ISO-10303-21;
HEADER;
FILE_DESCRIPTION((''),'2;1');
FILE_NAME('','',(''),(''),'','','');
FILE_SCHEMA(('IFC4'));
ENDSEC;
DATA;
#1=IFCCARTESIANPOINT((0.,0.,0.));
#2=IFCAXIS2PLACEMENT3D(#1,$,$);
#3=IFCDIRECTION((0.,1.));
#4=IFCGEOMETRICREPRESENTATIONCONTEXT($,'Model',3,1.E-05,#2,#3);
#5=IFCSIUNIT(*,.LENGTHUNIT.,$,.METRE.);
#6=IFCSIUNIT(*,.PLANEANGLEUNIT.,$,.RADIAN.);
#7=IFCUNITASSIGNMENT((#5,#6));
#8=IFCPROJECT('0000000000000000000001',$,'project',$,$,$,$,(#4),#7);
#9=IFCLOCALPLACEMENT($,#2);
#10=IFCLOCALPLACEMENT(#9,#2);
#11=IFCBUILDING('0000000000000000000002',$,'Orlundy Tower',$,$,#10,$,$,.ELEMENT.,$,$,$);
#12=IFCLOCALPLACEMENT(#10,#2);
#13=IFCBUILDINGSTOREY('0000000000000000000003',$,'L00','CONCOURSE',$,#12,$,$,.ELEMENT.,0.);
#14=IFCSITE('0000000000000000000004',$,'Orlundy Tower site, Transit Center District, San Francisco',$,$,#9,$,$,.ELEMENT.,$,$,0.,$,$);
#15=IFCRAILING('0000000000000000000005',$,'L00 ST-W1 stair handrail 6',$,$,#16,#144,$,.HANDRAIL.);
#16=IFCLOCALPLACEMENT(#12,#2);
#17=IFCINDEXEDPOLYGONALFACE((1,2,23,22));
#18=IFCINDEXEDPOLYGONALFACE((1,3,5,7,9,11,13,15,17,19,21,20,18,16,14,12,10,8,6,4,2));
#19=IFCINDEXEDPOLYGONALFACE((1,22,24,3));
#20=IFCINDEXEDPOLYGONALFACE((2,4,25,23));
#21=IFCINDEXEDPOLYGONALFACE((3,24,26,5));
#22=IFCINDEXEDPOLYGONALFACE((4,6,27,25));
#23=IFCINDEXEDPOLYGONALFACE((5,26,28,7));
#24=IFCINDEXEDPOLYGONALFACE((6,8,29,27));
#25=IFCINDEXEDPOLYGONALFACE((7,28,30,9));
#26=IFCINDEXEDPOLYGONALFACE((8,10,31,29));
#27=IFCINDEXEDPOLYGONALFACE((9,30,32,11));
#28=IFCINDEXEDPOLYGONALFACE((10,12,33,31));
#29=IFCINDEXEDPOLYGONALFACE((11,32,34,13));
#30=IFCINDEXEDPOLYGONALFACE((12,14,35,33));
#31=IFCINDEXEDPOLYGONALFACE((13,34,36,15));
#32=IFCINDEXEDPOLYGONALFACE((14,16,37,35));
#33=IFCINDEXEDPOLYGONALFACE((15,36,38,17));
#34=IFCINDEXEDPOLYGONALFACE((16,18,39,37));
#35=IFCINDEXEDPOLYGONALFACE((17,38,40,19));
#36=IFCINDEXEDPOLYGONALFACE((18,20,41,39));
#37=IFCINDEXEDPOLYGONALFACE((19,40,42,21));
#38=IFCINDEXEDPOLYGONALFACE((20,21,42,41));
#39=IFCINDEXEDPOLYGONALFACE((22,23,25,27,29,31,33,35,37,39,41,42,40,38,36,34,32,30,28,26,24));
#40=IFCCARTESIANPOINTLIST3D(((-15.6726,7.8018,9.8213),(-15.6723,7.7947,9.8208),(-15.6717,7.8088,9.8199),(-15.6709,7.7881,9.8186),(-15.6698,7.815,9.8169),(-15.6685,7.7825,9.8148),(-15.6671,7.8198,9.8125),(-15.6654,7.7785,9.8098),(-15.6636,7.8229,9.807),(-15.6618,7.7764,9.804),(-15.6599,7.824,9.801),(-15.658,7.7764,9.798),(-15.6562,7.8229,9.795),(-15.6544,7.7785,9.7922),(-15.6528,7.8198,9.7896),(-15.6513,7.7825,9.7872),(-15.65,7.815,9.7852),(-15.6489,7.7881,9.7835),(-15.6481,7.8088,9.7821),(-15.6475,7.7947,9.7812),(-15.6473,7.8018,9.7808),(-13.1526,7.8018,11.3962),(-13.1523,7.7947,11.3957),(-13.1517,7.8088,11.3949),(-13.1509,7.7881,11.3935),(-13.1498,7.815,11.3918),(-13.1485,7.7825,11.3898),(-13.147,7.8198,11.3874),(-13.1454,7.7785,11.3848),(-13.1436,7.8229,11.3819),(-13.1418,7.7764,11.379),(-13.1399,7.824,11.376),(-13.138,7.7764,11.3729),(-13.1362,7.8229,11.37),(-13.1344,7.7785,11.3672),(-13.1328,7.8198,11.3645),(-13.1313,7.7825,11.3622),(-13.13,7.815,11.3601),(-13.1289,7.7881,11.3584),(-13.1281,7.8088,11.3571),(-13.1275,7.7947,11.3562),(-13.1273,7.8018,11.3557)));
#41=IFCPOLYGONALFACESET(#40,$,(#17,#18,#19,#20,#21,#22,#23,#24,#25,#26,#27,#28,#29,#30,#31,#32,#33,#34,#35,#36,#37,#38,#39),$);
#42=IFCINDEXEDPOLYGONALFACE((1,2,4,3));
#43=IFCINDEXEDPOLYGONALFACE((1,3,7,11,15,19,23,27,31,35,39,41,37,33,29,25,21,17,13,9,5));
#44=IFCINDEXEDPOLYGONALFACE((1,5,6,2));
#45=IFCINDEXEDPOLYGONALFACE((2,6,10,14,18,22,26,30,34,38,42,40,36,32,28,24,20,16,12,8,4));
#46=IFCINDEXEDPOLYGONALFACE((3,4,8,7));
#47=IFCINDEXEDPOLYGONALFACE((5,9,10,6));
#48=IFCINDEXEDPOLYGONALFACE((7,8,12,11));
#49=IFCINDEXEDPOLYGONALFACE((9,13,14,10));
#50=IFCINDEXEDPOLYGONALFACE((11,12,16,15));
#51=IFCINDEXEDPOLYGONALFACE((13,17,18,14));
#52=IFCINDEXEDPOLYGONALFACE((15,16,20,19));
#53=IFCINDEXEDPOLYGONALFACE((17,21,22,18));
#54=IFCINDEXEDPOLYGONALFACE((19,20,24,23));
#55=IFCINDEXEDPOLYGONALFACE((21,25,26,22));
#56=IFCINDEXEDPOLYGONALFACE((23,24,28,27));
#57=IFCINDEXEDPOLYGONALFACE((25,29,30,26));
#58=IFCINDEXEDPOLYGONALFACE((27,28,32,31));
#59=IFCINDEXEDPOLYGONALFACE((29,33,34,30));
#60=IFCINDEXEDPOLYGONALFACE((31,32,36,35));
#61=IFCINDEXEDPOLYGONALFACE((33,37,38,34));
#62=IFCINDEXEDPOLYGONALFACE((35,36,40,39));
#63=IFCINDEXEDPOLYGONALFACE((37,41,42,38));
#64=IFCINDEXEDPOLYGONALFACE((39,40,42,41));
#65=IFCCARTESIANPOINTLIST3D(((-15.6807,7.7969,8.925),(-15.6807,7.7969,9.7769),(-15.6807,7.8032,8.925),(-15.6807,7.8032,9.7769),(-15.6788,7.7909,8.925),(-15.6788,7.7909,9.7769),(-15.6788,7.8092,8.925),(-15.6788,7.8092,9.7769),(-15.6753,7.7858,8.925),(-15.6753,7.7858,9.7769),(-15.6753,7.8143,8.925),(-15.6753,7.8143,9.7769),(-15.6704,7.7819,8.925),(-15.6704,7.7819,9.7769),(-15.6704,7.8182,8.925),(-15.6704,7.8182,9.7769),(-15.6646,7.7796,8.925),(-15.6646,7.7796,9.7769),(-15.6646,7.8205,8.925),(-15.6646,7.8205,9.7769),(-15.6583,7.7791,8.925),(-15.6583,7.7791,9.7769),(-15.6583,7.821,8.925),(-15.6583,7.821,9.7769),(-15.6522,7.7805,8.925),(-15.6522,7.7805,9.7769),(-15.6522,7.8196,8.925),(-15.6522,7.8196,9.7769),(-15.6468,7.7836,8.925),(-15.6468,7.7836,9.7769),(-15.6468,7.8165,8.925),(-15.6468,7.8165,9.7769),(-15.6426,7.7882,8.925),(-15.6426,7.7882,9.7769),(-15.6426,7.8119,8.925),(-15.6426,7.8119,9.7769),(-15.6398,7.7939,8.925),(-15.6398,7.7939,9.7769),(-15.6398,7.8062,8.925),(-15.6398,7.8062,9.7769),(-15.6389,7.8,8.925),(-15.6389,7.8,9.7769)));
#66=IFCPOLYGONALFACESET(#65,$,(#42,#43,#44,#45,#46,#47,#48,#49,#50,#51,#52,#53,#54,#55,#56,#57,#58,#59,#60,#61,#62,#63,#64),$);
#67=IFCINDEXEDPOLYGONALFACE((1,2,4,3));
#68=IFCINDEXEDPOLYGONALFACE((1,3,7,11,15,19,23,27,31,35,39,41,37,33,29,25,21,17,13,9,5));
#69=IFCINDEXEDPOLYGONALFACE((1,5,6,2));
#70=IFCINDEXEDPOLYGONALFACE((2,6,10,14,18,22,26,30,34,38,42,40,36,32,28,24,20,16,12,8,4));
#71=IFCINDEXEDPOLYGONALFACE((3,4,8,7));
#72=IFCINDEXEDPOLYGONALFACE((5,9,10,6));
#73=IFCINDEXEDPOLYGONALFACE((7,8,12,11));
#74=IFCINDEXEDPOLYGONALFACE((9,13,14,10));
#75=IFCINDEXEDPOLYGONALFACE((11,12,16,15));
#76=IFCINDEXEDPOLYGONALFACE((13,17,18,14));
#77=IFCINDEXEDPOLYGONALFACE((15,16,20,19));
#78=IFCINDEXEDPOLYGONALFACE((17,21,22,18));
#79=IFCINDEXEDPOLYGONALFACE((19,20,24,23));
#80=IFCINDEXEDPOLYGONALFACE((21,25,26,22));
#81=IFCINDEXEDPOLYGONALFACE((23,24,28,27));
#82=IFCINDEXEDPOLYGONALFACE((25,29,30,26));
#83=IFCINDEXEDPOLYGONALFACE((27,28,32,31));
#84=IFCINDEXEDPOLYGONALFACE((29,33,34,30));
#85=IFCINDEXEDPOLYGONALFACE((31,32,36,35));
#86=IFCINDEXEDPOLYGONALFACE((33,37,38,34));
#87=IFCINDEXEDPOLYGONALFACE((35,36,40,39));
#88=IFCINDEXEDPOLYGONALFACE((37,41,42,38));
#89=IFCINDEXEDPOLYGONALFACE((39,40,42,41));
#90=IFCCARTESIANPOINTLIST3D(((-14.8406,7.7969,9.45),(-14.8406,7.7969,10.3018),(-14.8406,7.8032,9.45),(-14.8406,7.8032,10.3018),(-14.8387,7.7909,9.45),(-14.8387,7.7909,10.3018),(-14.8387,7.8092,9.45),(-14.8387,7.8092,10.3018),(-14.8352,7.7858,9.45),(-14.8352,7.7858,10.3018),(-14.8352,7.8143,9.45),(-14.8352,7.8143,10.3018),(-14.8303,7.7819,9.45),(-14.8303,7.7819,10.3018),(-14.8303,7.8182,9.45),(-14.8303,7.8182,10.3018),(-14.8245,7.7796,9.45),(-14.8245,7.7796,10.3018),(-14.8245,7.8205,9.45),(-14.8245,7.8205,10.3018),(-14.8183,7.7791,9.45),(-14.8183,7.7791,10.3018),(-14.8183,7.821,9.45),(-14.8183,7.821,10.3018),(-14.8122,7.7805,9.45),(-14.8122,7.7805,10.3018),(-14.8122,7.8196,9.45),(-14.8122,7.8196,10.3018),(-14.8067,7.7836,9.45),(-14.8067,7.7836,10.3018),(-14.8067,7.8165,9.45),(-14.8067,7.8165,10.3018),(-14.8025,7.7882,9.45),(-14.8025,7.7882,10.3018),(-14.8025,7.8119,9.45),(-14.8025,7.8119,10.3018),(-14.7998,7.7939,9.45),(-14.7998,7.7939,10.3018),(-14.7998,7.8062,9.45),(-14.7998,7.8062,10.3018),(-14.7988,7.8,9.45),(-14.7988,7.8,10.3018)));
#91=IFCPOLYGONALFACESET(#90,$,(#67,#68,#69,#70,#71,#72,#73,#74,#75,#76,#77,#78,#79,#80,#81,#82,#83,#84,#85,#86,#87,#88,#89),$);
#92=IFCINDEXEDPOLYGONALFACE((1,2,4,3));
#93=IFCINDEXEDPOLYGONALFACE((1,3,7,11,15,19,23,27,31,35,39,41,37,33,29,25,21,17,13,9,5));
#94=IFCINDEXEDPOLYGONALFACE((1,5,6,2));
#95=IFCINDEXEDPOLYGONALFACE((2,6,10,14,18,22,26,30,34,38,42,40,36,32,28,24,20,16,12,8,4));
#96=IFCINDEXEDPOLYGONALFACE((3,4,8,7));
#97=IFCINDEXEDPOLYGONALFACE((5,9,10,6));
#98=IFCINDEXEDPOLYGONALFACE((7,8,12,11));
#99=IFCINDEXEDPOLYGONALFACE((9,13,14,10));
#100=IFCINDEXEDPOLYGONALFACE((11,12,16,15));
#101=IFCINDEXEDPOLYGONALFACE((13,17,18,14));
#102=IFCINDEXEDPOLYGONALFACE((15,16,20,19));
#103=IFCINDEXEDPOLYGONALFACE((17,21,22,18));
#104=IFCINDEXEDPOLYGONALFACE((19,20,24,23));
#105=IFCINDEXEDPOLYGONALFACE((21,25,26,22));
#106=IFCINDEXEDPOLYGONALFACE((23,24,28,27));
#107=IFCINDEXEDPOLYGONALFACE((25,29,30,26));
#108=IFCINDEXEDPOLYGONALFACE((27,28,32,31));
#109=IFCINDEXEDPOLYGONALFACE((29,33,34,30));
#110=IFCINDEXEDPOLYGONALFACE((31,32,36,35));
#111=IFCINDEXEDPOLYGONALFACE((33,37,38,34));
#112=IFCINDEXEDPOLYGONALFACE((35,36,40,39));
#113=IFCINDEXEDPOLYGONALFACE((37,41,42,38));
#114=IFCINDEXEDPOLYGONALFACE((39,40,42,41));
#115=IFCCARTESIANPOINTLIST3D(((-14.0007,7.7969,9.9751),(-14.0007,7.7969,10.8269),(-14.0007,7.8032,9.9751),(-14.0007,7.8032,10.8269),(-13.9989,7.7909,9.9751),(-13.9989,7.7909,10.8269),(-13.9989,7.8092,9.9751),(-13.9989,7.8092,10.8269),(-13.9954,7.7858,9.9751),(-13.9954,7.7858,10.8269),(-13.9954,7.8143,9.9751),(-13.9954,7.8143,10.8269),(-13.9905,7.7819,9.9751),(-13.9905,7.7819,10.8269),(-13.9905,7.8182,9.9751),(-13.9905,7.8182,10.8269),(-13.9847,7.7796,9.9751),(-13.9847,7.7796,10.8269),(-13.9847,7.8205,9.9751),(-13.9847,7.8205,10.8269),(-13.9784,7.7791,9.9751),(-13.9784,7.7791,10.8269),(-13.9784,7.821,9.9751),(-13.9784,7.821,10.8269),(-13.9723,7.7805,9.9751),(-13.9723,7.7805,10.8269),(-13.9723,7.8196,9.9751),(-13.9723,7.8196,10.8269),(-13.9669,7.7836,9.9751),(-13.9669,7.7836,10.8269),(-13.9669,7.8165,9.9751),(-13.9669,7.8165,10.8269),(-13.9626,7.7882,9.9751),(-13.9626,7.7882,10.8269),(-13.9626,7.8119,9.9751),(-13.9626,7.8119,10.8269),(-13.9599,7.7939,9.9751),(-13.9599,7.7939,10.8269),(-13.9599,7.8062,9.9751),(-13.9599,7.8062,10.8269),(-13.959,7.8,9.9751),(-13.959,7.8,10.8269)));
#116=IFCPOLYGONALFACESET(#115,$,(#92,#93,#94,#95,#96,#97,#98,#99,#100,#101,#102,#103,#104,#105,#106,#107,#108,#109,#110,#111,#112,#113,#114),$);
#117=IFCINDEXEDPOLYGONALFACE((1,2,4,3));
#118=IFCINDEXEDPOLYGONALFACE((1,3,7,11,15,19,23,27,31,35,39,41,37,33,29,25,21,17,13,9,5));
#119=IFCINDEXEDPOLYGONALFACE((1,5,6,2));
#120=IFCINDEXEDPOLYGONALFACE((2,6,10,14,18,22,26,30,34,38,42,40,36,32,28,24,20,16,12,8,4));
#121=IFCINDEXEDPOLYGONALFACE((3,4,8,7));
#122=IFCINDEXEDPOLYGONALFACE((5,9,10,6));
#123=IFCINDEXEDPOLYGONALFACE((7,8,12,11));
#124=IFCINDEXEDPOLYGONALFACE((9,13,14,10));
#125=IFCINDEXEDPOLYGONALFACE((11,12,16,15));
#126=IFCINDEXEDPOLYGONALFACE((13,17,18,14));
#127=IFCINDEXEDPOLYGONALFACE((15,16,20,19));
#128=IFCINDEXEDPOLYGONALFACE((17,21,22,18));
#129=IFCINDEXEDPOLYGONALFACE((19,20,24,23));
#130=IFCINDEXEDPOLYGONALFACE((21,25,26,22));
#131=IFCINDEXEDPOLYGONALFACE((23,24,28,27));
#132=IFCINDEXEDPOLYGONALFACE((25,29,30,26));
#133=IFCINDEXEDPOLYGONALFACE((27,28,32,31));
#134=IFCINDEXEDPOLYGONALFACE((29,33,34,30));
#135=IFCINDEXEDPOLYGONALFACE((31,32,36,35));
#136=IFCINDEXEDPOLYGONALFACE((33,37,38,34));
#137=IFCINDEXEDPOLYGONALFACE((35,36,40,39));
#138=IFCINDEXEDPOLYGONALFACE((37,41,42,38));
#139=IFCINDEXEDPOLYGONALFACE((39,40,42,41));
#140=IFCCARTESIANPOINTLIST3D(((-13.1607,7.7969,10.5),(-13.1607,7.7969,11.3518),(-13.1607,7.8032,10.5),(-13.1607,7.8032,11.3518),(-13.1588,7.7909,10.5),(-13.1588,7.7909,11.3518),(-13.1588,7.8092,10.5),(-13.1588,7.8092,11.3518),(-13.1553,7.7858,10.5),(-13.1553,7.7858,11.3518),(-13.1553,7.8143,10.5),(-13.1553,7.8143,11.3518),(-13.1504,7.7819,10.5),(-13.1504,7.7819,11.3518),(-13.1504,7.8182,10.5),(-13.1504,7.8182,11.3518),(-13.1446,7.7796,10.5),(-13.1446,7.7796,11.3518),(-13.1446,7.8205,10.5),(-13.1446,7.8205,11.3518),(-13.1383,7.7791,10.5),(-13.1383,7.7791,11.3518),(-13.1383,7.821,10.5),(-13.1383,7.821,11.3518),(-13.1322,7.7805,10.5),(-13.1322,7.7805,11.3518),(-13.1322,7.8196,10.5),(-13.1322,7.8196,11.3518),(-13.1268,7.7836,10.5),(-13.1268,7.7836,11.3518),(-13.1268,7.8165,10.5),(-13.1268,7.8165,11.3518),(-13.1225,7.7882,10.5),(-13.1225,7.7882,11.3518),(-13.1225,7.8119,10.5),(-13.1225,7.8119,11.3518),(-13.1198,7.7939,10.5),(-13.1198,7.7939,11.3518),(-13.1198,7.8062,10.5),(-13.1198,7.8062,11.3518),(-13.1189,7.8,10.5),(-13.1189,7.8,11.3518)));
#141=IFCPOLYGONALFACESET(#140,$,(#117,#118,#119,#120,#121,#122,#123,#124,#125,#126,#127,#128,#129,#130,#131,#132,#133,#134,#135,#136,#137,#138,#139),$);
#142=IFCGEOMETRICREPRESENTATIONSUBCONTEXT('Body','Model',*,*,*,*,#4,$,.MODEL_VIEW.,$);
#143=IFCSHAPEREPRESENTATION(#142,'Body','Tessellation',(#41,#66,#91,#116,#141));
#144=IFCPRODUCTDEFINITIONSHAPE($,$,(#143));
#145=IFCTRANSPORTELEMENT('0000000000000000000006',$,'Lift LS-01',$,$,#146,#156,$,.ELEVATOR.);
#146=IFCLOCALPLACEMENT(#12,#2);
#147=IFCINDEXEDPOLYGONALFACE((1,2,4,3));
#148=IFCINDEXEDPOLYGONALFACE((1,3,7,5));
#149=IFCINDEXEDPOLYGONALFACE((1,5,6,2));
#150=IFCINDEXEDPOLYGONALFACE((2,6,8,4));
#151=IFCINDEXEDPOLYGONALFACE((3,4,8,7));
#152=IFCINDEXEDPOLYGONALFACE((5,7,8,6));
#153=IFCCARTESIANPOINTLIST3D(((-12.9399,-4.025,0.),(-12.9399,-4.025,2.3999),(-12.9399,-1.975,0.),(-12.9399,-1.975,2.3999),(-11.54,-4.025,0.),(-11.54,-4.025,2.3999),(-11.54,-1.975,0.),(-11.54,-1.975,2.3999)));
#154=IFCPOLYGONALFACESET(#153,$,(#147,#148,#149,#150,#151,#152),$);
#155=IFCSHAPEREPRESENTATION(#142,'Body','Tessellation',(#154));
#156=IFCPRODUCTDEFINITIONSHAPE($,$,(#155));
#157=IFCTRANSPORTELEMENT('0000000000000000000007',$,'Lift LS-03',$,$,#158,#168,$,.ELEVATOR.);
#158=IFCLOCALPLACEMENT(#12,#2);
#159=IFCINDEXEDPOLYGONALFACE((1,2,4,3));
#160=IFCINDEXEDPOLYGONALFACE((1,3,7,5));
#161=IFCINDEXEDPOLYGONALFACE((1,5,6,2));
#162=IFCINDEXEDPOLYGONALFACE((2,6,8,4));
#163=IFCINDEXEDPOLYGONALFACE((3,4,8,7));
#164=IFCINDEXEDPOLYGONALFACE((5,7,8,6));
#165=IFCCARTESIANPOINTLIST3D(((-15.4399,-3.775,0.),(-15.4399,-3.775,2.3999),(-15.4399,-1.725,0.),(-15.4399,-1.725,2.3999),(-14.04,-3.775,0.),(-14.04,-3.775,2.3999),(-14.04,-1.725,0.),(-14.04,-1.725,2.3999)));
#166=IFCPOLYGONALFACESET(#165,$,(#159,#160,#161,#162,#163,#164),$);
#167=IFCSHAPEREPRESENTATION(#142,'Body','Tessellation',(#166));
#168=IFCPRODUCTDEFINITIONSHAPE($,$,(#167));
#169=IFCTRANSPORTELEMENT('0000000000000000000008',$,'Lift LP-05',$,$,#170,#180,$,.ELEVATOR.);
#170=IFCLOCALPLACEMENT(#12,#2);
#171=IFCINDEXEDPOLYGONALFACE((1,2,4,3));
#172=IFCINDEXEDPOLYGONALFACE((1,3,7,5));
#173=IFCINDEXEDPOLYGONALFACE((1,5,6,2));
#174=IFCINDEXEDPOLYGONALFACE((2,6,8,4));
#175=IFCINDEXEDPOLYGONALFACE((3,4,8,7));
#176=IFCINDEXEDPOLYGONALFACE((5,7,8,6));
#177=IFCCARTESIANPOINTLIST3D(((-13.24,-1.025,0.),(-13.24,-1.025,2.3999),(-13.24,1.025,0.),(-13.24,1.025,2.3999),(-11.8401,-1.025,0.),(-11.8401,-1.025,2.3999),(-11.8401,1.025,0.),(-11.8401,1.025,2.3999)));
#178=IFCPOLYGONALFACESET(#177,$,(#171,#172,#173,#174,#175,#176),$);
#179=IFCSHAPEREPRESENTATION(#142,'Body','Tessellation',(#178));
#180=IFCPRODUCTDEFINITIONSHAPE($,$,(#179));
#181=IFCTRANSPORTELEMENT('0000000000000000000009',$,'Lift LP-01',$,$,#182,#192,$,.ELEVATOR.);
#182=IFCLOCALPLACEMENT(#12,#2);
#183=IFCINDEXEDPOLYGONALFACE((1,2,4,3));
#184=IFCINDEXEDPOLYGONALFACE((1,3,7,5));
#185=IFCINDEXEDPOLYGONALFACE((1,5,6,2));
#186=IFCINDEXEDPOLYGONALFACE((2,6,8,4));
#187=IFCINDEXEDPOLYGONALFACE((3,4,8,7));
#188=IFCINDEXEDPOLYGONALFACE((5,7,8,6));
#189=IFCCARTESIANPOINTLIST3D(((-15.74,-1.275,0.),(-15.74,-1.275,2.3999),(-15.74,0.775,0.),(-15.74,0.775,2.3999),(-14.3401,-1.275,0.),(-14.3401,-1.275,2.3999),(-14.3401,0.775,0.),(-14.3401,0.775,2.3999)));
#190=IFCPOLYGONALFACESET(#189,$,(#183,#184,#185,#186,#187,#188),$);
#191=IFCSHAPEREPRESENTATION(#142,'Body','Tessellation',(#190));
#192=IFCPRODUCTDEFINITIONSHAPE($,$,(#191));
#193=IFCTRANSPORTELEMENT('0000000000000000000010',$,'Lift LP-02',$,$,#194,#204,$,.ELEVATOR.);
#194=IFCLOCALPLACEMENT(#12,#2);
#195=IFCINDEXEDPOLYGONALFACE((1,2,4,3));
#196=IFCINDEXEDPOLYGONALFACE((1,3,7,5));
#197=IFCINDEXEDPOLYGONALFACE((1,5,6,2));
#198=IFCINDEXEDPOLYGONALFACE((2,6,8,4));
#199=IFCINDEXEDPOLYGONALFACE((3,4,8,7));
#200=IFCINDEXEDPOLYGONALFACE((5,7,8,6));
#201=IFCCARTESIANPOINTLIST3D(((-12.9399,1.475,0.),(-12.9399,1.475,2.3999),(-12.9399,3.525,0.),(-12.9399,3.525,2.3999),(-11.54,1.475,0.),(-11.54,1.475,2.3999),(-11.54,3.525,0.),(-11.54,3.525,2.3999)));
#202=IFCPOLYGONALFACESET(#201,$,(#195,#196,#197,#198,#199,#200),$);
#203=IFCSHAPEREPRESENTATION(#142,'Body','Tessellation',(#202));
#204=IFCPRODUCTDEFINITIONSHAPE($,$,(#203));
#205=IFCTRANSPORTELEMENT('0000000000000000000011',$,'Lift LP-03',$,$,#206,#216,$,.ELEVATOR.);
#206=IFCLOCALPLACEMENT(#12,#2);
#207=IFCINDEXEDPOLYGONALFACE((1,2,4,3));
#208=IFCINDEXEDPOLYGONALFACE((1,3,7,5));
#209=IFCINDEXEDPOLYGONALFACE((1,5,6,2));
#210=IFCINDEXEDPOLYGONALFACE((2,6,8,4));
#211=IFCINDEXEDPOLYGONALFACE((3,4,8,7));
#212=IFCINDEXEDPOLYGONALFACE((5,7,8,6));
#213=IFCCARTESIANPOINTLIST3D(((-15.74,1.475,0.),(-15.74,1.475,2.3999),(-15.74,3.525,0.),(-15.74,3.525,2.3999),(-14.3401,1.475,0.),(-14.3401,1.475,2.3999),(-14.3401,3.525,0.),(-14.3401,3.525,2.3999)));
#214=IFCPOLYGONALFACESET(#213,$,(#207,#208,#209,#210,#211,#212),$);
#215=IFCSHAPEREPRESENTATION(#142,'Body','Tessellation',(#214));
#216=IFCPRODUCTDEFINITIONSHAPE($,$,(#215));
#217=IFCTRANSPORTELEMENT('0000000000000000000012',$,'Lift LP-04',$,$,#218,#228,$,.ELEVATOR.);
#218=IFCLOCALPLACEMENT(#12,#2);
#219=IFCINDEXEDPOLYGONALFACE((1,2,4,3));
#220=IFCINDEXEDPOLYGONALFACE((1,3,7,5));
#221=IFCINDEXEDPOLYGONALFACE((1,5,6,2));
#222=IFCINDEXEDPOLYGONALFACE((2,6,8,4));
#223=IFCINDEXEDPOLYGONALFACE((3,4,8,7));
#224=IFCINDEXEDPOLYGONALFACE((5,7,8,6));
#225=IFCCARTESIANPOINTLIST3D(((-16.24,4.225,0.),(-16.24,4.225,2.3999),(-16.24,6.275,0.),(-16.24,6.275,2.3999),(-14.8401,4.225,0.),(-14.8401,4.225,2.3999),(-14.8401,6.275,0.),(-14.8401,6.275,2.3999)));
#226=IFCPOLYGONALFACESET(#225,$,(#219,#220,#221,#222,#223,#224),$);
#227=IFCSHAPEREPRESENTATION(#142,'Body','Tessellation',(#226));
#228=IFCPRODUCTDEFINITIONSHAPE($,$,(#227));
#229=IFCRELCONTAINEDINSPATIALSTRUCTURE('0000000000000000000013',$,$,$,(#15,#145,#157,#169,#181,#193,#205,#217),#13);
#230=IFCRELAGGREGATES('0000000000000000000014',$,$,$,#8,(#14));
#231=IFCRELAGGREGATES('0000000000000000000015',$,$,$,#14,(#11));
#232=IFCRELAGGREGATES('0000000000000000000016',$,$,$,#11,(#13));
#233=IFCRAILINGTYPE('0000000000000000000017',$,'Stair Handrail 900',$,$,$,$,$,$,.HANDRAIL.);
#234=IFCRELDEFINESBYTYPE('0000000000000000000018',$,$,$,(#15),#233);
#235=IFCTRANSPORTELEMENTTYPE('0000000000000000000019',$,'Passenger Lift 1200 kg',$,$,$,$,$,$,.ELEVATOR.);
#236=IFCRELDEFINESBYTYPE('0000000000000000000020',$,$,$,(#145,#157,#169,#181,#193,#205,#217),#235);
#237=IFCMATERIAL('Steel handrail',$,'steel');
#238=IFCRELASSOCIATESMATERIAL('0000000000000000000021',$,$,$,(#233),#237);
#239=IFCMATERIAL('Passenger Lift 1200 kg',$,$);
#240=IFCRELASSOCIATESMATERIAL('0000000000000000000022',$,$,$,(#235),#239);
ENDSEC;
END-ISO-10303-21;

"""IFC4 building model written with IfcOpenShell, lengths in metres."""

from ifc_helpers import new_model, si_unit, direction, frame, origin, origin_2d, place, context, subcontext, project, spatial, rectangle, circle, extrude, material, type_object, element, save


model = new_model("IFC4")

# Units and contexts
model_context = context("Model", 3, precision=1e-05, world=origin(), true_north=direction((0.0, 1.0)))
body_context = subcontext(model_context, "Body", "Model", "MODEL_VIEW")
ifc_project = project(units=[si_unit("LENGTHUNIT", "METRE"), si_unit("PLANEANGLEUNIT", "RADIAN")], contexts=[model_context])

# Site, building, storey
site_placement = place(None, origin())
site = spatial("IfcSite", under=ifc_project, at=site_placement, Name="Orlundy Tower site, Transit Center District, San Francisco", CompositionType="ELEMENT", RefElevation=0.0)
building_placement = place(site_placement, origin())
building = spatial("IfcBuilding", under=site, at=building_placement, Name="Orlundy Tower", CompositionType="ELEMENT")
storey_placement = place(building_placement, origin())
storey = spatial("IfcBuildingStorey", under=building, at=storey_placement, Name="L00", Description="CONCOURSE", CompositionType="ELEMENT", Elevation=0.0)

# Railing
ifc_material_1 = material(Name="Steel handrail", Category="steel")
railing_type = type_object("IfcRailingType", Name="Stair Handrail 900", PredefinedType="HANDRAIL", material=ifc_material_1)
for number, where, name in (
    (1, (-15.6599, 7.8, 8.925), "L00 ST-W1 stair handrail 6"),
):
    element("IfcRailing", number, at=place(storey_placement, frame(where)), inside=storey, type_object=railing_type, Name=name, PredefinedType="HANDRAIL", context=body_context, shape_type="SweptSolid", body=[
        extrude(circle(Radius=0.0239, at=origin_2d()), frame((0.0, 0.0, 0.876), z_axis=(0.848008, 0.0, 0.529984), x_axis=(0.0, 1.0, 0.0)), (0.0, 0.0, 1.0), 2.9717),
        extrude(circle(Radius=0.021, at=origin_2d()), origin(), (0.0, 0.0, 1.0), 0.8518),
        extrude(circle(Radius=0.021, at=origin_2d()), frame((0.8401, 0.0, 0.5249)), (0.0, 0.0, 1.0), 0.8518),
        extrude(circle(Radius=0.021, at=origin_2d()), frame((1.6799, 0.0, 1.05)), (0.0, 0.0, 1.0), 0.8518),
        extrude(circle(Radius=0.021, at=origin_2d()), frame((2.52, 0.0, 1.575)), (0.0, 0.0, 1.0), 0.8518),
    ])

# Transport elements
ifc_material_2 = material(Name="Passenger Lift 1200 kg")
transport_element_type_1 = type_object("IfcTransportElementType", Name="Passenger Lift 1200 kg", PredefinedType="ELEVATOR", material=ifc_material_2)
for number, where, z_axis, x_axis, name in (
    (2, (-12.24, -3.0, 0.0), (0.0, 0.0, 1.0), (1.0, 0.0, 0.0), "Lift LS-01"),
    (3, (-14.74, -2.75, 0.0), (0.0, 0.0, 1.0), (1.0, 0.0, 0.0), "Lift LS-03"),
    (4, (-12.54, 0.0, 0.0), (0.0, 0.0, 1.0), (1.0, 0.0, 0.0), "Lift LP-05"),
    (5, (-15.04, -0.25, 0.0), (0.0, 0.0, 1.0), (1.0, 0.0, 0.0), "Lift LP-01"),
    (6, (-12.24, 2.5, 0.0), (0.0, 0.0, 1.0), (1.0, 0.0, 0.0), "Lift LP-02"),
    (7, (-15.04, 2.5, 0.0), (0.0, 0.0, 1.0), (1.0, 0.0, 0.0), "Lift LP-03"),
    (8, (-15.54, 5.25, 0.0), (0.0, 0.0, 1.0), (1.0, 0.0, 0.0), "Lift LP-04"),
):
    element("IfcTransportElement", number, at=place(storey_placement, frame(where, z_axis=z_axis, x_axis=x_axis)), inside=storey, type_object=transport_element_type_1, Name=name, PredefinedType="ELEVATOR", context=body_context, shape_type="SweptSolid", body=[
        extrude(rectangle(XDim=1.3999, YDim=2.05, at=origin_2d()), origin(), (0.0, 0.0, 1.0), 2.3999),
    ])

save(model, "model.ifc")
